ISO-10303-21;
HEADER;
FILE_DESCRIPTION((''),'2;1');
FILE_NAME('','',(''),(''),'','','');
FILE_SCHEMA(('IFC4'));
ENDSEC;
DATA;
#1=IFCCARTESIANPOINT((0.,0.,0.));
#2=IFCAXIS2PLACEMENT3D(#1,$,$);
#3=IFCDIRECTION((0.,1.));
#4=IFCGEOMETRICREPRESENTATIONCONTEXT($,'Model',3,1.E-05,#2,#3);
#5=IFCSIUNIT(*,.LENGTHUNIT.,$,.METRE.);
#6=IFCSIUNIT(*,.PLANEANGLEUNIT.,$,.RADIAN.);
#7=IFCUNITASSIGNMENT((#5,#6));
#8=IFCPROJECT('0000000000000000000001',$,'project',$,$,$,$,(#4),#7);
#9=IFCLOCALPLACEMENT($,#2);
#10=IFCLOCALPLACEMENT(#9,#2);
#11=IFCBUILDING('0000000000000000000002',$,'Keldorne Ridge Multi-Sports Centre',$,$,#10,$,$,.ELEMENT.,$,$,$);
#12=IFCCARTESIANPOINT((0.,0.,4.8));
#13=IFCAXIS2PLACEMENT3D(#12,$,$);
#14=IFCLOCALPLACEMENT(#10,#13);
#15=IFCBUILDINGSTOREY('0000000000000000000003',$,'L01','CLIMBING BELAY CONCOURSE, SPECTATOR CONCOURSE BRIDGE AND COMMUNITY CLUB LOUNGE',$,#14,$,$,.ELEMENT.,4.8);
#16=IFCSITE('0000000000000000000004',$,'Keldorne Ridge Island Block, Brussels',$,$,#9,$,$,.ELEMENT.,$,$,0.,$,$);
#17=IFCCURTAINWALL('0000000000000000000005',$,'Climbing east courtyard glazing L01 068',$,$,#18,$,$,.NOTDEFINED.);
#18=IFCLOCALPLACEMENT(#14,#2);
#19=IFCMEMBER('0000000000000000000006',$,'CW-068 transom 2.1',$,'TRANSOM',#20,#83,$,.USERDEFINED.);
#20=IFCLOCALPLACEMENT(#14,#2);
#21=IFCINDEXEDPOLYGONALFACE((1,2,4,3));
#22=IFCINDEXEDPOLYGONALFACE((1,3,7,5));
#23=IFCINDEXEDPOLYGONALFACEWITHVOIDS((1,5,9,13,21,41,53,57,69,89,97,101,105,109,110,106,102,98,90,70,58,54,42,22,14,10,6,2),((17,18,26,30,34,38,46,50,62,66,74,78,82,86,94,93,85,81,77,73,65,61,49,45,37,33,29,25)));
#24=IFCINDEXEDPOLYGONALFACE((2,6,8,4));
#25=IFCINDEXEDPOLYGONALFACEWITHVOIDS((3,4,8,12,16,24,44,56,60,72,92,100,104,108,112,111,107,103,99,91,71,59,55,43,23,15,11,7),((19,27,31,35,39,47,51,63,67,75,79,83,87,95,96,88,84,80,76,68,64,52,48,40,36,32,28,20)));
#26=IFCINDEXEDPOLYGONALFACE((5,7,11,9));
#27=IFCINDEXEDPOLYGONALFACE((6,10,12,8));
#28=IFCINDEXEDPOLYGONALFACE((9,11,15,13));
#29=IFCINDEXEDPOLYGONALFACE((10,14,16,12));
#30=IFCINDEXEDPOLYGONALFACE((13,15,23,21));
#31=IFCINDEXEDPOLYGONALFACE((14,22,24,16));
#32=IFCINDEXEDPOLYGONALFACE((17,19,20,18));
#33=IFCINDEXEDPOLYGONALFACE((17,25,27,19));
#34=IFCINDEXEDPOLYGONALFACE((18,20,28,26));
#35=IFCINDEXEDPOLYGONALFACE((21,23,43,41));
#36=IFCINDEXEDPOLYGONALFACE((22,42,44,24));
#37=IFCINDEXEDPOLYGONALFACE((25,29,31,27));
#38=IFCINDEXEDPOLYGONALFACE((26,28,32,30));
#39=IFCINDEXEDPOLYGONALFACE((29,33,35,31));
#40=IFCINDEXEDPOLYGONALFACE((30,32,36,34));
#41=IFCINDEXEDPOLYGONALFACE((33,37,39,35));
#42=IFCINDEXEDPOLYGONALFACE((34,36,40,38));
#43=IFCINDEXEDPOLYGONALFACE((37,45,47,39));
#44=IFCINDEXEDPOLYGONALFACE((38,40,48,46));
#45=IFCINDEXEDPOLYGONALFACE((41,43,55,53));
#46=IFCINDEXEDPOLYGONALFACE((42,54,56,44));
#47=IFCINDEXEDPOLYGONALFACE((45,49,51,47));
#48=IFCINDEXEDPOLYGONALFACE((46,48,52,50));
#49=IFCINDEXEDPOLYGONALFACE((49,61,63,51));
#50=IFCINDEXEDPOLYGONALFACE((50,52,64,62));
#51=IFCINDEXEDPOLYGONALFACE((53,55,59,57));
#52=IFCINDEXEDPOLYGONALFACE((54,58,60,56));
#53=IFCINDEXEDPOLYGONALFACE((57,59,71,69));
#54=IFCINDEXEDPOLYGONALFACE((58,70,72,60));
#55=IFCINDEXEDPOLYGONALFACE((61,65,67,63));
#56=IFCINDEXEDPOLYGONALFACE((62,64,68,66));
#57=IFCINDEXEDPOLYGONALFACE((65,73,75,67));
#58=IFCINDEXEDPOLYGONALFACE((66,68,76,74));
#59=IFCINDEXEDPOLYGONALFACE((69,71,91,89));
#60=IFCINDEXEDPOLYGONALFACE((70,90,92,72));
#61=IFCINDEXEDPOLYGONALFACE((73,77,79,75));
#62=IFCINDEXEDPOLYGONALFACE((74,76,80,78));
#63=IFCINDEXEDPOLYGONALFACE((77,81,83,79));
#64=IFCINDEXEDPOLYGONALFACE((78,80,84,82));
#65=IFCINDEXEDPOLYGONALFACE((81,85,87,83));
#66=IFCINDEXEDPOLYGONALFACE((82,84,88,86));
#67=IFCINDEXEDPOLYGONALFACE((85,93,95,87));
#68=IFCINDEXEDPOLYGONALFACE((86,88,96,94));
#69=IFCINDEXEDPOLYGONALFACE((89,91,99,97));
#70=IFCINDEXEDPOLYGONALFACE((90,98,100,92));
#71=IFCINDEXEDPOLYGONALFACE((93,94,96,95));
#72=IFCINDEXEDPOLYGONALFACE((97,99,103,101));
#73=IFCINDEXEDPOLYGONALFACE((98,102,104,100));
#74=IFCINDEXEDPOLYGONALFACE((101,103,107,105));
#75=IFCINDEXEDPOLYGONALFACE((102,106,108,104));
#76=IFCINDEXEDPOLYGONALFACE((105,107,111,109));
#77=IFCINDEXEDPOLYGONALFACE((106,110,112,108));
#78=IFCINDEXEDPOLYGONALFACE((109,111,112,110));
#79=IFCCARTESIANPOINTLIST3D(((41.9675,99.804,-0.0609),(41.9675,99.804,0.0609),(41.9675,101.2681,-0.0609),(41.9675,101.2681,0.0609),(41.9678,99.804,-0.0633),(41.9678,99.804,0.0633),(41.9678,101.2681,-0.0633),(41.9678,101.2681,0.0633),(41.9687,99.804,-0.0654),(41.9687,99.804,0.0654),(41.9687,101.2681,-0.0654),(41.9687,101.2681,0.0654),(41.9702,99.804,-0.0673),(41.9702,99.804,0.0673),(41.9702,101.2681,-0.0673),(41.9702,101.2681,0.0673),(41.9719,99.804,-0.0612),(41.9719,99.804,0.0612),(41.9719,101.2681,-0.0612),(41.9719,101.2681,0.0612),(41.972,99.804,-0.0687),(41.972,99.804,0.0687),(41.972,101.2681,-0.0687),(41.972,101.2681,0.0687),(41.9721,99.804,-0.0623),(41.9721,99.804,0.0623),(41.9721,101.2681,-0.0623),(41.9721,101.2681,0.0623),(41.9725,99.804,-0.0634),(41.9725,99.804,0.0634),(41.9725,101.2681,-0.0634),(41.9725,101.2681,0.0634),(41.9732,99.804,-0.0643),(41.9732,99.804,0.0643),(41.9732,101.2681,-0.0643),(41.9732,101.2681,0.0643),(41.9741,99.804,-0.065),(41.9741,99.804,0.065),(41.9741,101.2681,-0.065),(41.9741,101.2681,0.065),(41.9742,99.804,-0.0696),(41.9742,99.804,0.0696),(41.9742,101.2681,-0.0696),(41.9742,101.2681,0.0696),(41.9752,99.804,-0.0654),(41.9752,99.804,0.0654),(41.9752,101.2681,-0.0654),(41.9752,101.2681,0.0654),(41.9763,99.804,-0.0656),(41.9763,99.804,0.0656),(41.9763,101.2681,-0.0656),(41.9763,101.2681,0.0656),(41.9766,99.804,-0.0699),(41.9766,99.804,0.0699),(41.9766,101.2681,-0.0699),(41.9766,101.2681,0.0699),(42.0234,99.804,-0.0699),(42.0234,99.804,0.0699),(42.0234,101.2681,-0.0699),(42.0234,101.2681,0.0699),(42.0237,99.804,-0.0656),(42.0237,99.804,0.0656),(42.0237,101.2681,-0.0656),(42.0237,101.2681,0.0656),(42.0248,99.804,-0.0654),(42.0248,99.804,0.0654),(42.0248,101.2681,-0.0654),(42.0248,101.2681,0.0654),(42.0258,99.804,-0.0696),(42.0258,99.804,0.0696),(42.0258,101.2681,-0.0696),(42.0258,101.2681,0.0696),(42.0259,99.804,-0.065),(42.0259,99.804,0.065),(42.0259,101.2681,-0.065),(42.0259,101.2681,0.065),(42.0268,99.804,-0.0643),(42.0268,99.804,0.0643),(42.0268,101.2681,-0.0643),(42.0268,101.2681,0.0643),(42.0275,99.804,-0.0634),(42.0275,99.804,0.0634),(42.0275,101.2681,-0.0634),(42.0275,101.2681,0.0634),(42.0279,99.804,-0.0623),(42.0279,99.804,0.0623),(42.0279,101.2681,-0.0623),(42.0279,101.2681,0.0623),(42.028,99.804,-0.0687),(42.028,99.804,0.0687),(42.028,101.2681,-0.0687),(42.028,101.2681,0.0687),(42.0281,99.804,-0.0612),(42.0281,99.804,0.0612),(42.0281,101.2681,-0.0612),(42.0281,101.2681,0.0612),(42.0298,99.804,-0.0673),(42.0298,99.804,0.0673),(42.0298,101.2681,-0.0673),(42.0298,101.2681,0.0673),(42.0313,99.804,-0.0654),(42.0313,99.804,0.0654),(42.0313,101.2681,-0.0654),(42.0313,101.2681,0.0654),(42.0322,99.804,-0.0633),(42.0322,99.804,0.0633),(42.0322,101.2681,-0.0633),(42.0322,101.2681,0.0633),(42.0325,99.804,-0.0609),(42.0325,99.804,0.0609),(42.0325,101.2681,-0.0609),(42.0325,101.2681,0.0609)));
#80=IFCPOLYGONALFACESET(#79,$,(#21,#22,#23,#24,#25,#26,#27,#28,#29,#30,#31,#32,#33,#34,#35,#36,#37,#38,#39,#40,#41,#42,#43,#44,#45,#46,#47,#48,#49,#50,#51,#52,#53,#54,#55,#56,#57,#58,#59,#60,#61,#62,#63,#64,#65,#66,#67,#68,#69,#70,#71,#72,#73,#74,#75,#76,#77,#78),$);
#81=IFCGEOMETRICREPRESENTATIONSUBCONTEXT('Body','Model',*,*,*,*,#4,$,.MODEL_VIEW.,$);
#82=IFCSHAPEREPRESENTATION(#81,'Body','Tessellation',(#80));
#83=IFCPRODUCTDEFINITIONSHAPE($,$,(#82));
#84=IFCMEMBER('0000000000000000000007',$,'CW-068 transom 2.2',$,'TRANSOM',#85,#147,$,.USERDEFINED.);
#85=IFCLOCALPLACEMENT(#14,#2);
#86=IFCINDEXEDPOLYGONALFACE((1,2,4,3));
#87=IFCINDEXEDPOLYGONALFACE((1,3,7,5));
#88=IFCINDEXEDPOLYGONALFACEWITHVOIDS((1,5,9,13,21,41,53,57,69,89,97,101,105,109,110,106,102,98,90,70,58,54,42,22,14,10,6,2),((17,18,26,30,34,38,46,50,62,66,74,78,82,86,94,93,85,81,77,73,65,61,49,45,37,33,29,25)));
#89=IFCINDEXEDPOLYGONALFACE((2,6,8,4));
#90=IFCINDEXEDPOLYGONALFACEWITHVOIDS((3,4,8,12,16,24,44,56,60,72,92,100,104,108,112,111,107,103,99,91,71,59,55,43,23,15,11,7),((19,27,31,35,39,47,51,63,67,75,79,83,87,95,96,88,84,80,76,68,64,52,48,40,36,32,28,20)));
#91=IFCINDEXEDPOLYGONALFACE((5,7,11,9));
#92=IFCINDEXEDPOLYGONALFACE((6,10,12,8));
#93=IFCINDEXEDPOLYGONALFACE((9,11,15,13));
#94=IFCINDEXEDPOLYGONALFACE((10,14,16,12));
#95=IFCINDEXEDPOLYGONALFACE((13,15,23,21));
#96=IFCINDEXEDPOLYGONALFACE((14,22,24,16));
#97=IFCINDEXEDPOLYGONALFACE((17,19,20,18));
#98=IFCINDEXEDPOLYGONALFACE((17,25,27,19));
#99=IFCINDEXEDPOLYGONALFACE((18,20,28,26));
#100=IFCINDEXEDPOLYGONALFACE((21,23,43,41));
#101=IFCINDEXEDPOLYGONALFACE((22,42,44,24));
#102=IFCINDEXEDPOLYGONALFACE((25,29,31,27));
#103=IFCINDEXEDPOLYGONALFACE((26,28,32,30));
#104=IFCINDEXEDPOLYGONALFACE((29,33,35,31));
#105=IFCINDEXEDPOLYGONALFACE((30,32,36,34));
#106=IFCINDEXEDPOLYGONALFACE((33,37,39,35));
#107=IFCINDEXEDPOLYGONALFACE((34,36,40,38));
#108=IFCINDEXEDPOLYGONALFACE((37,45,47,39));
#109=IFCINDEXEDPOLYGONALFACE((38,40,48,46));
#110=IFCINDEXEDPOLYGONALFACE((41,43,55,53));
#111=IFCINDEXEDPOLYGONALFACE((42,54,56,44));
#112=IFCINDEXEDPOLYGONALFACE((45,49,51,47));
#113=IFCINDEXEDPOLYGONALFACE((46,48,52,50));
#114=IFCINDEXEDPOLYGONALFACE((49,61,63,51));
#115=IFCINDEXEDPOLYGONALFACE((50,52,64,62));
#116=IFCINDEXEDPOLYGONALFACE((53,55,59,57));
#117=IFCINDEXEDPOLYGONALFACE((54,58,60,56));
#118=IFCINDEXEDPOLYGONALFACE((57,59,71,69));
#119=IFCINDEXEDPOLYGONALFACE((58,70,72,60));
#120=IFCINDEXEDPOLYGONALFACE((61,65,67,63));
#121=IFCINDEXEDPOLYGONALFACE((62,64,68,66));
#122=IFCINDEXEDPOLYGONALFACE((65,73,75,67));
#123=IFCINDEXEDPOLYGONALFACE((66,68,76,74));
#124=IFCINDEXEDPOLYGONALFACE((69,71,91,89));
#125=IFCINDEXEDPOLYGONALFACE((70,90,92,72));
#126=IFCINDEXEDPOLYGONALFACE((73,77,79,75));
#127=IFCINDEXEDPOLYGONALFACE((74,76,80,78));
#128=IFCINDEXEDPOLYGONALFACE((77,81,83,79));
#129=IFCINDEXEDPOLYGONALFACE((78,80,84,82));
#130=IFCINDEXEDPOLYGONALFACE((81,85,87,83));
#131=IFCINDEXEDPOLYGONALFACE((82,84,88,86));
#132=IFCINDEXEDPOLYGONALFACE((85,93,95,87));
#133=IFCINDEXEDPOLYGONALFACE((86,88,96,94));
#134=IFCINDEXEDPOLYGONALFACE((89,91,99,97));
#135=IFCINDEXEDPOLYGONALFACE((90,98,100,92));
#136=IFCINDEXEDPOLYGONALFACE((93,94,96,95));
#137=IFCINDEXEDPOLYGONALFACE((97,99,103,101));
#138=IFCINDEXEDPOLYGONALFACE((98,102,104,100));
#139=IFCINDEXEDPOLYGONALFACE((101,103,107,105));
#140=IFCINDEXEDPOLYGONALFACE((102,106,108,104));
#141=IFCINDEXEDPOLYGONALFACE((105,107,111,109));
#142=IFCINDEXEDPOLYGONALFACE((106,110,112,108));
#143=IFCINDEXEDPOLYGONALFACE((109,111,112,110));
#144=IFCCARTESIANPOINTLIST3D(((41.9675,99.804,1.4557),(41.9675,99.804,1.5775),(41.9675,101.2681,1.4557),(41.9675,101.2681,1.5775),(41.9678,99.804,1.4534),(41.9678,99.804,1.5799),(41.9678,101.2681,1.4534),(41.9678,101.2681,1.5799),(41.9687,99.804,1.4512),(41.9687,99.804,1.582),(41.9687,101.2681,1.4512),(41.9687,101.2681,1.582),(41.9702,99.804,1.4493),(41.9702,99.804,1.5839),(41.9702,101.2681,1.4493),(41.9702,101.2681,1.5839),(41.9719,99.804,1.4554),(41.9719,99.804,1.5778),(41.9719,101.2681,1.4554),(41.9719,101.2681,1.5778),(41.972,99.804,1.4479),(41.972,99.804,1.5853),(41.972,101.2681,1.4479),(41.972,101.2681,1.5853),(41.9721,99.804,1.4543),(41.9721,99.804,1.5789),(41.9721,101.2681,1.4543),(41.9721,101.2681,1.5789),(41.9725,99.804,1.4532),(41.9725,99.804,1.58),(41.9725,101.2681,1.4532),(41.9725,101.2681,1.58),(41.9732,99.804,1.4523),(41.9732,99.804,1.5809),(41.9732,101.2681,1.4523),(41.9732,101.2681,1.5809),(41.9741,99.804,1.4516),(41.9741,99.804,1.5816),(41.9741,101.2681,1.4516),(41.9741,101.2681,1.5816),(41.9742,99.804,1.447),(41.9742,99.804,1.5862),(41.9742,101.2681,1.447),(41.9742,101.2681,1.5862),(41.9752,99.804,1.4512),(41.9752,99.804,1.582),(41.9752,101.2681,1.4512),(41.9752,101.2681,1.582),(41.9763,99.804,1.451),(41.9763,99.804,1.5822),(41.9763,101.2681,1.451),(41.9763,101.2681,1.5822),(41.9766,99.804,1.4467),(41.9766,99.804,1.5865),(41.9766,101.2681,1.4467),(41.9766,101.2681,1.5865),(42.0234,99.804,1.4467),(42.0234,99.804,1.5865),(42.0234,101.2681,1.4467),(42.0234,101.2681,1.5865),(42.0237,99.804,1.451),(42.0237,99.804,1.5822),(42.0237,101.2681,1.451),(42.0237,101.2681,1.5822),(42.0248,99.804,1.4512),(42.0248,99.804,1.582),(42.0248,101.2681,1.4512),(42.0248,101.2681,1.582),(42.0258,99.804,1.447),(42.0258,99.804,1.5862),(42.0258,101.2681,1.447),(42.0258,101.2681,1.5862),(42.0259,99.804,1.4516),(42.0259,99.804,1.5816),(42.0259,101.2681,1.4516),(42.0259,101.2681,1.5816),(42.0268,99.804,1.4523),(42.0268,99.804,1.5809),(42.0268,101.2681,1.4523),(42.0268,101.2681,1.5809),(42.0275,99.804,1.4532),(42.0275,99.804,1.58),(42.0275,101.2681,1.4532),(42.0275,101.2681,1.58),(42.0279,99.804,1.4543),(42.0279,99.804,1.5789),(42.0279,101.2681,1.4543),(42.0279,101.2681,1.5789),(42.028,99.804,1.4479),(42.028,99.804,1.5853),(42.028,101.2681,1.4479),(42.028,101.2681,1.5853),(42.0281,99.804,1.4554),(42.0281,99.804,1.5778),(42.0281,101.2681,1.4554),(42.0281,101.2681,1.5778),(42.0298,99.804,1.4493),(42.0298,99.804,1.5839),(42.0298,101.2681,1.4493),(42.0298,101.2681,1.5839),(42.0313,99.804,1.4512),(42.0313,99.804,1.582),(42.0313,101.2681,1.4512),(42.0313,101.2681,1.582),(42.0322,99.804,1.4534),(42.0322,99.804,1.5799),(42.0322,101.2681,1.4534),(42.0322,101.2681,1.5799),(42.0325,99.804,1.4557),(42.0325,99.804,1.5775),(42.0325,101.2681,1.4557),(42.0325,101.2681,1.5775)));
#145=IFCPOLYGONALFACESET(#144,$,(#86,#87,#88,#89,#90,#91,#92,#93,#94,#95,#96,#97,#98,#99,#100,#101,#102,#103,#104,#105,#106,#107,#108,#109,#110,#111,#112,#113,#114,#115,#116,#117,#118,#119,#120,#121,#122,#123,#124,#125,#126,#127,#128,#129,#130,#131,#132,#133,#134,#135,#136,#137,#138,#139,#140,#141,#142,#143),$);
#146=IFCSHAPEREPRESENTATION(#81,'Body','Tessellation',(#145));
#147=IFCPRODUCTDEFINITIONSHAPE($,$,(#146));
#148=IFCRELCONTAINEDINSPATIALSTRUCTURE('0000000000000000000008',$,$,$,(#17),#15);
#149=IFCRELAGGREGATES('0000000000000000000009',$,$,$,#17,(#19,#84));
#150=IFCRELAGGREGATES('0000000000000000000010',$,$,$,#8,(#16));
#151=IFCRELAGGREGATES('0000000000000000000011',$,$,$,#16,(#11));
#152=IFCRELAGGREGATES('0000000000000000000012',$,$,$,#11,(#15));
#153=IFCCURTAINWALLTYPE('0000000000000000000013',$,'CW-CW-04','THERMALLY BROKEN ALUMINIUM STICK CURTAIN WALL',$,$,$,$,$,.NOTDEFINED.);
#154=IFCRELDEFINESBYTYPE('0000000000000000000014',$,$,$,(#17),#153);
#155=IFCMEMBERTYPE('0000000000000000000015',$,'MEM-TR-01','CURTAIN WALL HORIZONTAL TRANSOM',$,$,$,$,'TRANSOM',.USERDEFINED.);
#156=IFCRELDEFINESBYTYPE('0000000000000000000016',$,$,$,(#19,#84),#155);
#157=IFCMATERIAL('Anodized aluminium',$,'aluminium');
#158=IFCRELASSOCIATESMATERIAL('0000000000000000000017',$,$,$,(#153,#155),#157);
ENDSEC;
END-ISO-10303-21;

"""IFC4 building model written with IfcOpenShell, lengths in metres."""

from ifc_helpers import new_model, si_unit, direction, frame, origin, origin_2d, place, context, subcontext, project, spatial, hollow_rectangle, extrude, material, material_profile, profile_set, type_object, element, aggregate, save


model = new_model("IFC4")

# Units and contexts
model_context = context("Model", 3, precision=1e-05, world=origin(), true_north=direction((0.0, 1.0)))
body_context = subcontext(model_context, "Body", "Model", "MODEL_VIEW")
ifc_project = project(units=[si_unit("LENGTHUNIT", "METRE"), si_unit("PLANEANGLEUNIT", "RADIAN")], contexts=[model_context])

# Site, building, storey
site_placement = place(None, origin())
site = spatial("IfcSite", under=ifc_project, at=site_placement, Name="Keldorne Ridge Island Block, Brussels", CompositionType="ELEMENT", RefElevation=0.0)
building_placement = place(site_placement, origin())
building = spatial("IfcBuilding", under=site, at=building_placement, Name="Keldorne Ridge Multi-Sports Centre", CompositionType="ELEMENT")
storey_placement = place(building_placement, frame((0.0, 0.0, 4.8)))
storey = spatial("IfcBuildingStorey", under=building, at=storey_placement, Name="L01", Description="CLIMBING BELAY CONCOURSE, SPECTATOR CONCOURSE BRIDGE AND COMMUNITY CLUB LOUNGE", CompositionType="ELEMENT", Elevation=4.8)

# Shared definitions
ifc_material_1 = material(Name="Anodized aluminium", Category="aluminium")

# Curtain wall, members
curtain_wall_type_1 = type_object("IfcCurtainWallType", Name="CW-CW-04", Description="THERMALLY BROKEN ALUMINIUM STICK CURTAIN WALL", PredefinedType="NOTDEFINED", material=ifc_material_1)
curtain_wall_1_placement = place(storey_placement, origin())
curtain_wall_1 = element("IfcCurtainWall", 1, at=curtain_wall_1_placement, inside=storey, type_object=curtain_wall_type_1, Name="Climbing east courtyard glazing L01 068", PredefinedType="NOTDEFINED")
ifc_material_profile_1 = material_profile(ifc_material_1, hollow_rectangle(XDim=0.0649, YDim=0.1399, WallThickness=0.0044, InnerFilletRadius=0.0044, OuterFilletRadius=0.009, at=origin_2d()), Name="ALU TRANSOM 140x65x4.5")
ifc_profile_set_1 = profile_set([ifc_material_profile_1], Name="Anodized aluminium")
member_type_1 = type_object("IfcMemberType", Name="MEM-TR-01", Description="CURTAIN WALL HORIZONTAL TRANSOM", ElementType="TRANSOM", PredefinedType="USERDEFINED", material=ifc_profile_set_1)
member_1_placement = place(storey_placement, frame((42.0, 99.804, 0.0), z_axis=(0.0, 1.0, 0.0), x_axis=(-1.0, 0.0, 0.0)))
member_1 = element("IfcMember", 2, at=member_1_placement, type_object=member_type_1, Name="CW-068 transom 2.1", ObjectType="TRANSOM", PredefinedType="USERDEFINED", context=body_context, shape_type="SweptSolid", body=[
    extrude(hollow_rectangle(XDim=0.0649, YDim=0.1399, WallThickness=0.0044, InnerFilletRadius=0.0044, OuterFilletRadius=0.009, at=origin_2d()), origin(), (0.0, 0.0, 1.0), 1.4641),
])
member_2_placement = place(storey_placement, frame((42.0, 99.804, 1.5166), z_axis=(0.0, 1.0, 0.0), x_axis=(-1.0, 0.0, 0.0)))
member_2 = element("IfcMember", 3, at=member_2_placement, type_object=member_type_1, Name="CW-068 transom 2.2", ObjectType="TRANSOM", PredefinedType="USERDEFINED", context=body_context, shape_type="SweptSolid", body=[
    extrude(hollow_rectangle(XDim=0.0649, YDim=0.1399, WallThickness=0.0044, InnerFilletRadius=0.0044, OuterFilletRadius=0.009, at=origin_2d()), origin(), (0.0, 0.0, 1.0), 1.4641),
])

aggregate(curtain_wall_1, [member_1, member_2])

save(model, "model.ifc")
